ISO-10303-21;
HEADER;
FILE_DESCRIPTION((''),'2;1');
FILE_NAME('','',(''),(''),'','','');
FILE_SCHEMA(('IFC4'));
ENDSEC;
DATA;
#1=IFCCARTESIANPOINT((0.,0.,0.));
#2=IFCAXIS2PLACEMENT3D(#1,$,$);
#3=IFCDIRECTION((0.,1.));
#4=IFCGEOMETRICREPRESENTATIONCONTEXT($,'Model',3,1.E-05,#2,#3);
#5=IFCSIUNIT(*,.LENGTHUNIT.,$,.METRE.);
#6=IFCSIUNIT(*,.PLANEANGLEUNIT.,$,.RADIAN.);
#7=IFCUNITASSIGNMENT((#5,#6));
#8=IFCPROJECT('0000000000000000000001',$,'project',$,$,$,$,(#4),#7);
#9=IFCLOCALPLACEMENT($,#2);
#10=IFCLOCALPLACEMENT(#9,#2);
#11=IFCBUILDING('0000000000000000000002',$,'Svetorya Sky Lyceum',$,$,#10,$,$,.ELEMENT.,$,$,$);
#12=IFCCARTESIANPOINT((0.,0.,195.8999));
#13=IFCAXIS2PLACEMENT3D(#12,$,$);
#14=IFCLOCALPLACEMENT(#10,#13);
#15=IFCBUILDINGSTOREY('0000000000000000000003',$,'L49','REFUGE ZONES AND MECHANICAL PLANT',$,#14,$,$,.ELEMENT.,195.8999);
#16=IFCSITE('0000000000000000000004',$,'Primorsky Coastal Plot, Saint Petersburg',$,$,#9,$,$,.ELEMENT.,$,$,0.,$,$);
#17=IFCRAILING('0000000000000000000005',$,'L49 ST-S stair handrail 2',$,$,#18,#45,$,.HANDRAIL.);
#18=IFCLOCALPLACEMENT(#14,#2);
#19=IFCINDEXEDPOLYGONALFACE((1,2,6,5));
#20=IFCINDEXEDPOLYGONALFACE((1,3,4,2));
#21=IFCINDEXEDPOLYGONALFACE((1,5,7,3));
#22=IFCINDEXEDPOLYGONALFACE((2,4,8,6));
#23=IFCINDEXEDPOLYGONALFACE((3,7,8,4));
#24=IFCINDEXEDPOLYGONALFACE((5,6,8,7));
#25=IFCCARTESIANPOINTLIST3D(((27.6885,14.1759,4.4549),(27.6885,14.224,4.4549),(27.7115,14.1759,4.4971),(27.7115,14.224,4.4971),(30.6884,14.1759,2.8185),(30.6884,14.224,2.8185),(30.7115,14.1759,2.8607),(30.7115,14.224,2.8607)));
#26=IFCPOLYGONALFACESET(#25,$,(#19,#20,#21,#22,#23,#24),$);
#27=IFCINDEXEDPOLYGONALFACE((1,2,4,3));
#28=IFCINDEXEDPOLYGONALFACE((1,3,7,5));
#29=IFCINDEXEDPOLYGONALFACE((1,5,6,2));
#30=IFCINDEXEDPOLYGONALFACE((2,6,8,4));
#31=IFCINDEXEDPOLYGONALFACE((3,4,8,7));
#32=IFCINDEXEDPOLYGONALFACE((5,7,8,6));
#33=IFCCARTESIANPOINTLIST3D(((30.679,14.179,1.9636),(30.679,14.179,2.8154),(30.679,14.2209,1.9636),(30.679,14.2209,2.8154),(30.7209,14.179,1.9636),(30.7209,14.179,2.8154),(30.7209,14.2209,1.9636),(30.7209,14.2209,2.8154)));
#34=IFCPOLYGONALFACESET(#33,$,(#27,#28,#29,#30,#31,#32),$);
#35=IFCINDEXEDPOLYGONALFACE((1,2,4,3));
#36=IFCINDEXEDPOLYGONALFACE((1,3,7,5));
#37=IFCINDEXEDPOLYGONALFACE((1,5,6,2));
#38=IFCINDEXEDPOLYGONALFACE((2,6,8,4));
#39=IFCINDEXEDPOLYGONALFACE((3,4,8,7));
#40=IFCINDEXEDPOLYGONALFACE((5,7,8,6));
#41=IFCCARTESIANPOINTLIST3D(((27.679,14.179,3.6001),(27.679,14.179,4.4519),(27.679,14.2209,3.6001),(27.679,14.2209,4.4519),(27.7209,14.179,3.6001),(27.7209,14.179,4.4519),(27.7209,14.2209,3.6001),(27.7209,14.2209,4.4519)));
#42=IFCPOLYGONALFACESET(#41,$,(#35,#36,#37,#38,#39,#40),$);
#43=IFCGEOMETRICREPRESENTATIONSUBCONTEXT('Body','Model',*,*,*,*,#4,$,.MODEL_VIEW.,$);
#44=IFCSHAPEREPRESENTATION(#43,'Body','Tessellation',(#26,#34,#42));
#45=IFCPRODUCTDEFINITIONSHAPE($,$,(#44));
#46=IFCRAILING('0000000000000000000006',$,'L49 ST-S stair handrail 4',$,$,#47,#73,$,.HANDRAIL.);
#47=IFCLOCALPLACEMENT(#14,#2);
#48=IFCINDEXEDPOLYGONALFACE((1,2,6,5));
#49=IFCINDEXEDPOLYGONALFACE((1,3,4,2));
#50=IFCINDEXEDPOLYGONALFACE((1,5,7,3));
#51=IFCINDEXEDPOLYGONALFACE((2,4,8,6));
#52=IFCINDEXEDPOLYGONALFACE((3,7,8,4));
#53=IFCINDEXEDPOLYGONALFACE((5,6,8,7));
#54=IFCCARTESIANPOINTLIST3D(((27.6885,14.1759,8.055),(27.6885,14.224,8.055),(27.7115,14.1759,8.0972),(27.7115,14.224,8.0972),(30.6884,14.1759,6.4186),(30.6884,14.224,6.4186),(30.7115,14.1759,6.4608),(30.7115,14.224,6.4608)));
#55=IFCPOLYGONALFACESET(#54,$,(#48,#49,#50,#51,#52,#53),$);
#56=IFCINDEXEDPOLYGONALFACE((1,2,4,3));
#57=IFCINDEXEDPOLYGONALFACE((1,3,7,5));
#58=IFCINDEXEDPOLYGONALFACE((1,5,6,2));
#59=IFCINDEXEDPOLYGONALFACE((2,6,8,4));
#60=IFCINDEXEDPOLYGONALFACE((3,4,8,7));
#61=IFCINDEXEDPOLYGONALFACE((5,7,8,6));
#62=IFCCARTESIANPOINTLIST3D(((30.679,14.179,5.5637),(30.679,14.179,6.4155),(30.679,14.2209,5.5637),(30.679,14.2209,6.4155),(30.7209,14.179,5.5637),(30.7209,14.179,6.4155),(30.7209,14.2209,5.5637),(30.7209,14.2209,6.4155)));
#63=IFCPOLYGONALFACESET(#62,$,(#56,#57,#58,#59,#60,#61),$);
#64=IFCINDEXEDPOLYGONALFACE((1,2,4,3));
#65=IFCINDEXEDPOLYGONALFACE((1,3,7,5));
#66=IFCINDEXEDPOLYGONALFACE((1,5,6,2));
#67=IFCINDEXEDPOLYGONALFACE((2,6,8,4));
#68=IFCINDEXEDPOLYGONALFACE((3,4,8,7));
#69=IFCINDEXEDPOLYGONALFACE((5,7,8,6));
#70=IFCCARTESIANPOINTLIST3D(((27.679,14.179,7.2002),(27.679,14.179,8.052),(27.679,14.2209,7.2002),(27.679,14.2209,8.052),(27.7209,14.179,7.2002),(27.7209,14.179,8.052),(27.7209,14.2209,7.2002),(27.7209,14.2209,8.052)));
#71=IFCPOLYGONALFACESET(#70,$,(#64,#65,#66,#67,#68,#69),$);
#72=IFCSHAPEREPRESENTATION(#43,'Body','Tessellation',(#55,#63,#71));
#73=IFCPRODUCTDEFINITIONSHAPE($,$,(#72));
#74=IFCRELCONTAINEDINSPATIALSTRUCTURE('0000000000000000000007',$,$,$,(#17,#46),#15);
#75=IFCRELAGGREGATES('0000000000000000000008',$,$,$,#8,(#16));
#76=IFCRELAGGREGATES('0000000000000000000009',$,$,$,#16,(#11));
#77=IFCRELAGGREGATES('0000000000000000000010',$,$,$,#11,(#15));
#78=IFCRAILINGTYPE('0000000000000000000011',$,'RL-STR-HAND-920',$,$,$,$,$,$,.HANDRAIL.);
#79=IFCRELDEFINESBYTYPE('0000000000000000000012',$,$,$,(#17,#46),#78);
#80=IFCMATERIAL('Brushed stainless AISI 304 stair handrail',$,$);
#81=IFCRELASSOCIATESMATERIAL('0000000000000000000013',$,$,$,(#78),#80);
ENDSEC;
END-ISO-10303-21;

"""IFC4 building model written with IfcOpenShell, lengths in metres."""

from ifc_helpers import new_model, si_unit, direction, frame, origin, origin_2d, place, context, subcontext, project, spatial, rectangle, extrude, material, type_object, element, save


model = new_model("IFC4")

# Units and contexts
model_context = context("Model", 3, precision=1e-05, world=origin(), true_north=direction((0.0, 1.0)))
body_context = subcontext(model_context, "Body", "Model", "MODEL_VIEW")
ifc_project = project(units=[si_unit("LENGTHUNIT", "METRE"), si_unit("PLANEANGLEUNIT", "RADIAN")], contexts=[model_context])

# Site, building, storey
site_placement = place(None, origin())
site = spatial("IfcSite", under=ifc_project, at=site_placement, Name="Primorsky Coastal Plot, Saint Petersburg", CompositionType="ELEMENT", RefElevation=0.0)
building_placement = place(site_placement, origin())
building = spatial("IfcBuilding", under=site, at=building_placement, Name="Svetorya Sky Lyceum", CompositionType="ELEMENT")
storey_placement = place(building_placement, frame((0.0, 0.0, 195.8999)))
storey = spatial("IfcBuildingStorey", under=building, at=storey_placement, Name="L49", Description="REFUGE ZONES AND MECHANICAL PLANT", CompositionType="ELEMENT", Elevation=195.8999)

# Railings
ifc_material_1 = material(Name="Brushed stainless AISI 304 stair handrail")
railing_type_1 = type_object("IfcRailingType", Name="RL-STR-HAND-920", PredefinedType="HANDRAIL", material=ifc_material_1)
for number, where, name in (
    (1, (30.7, 14.2, 1.9636), "L49 ST-S stair handrail 2"),
    (2, (30.7, 14.2, 5.5637), "L49 ST-S stair handrail 4"),
):
    element("IfcRailing", number, at=place(storey_placement, frame(where)), inside=storey, type_object=railing_type_1, Name=name, PredefinedType="HANDRAIL", context=body_context, shape_type="SweptSolid", body=[
        extrude(rectangle(XDim=0.0481, YDim=0.0481, at=origin_2d()), frame((0.0, 0.0, 0.876), z_axis=(-0.877882, 0.0, 0.478877), x_axis=(0.0, -1.0, 0.0)), (0.0, 0.0, 1.0), 3.4172),
        extrude(rectangle(XDim=0.042, YDim=0.042, at=origin_2d()), origin(), (0.0, 0.0, 1.0), 0.8518),
        extrude(rectangle(XDim=0.042, YDim=0.042, at=origin_2d()), frame((-3.0, 0.0, 1.6365)), (0.0, 0.0, 1.0), 0.8518),
    ])

save(model, "model.ifc")
